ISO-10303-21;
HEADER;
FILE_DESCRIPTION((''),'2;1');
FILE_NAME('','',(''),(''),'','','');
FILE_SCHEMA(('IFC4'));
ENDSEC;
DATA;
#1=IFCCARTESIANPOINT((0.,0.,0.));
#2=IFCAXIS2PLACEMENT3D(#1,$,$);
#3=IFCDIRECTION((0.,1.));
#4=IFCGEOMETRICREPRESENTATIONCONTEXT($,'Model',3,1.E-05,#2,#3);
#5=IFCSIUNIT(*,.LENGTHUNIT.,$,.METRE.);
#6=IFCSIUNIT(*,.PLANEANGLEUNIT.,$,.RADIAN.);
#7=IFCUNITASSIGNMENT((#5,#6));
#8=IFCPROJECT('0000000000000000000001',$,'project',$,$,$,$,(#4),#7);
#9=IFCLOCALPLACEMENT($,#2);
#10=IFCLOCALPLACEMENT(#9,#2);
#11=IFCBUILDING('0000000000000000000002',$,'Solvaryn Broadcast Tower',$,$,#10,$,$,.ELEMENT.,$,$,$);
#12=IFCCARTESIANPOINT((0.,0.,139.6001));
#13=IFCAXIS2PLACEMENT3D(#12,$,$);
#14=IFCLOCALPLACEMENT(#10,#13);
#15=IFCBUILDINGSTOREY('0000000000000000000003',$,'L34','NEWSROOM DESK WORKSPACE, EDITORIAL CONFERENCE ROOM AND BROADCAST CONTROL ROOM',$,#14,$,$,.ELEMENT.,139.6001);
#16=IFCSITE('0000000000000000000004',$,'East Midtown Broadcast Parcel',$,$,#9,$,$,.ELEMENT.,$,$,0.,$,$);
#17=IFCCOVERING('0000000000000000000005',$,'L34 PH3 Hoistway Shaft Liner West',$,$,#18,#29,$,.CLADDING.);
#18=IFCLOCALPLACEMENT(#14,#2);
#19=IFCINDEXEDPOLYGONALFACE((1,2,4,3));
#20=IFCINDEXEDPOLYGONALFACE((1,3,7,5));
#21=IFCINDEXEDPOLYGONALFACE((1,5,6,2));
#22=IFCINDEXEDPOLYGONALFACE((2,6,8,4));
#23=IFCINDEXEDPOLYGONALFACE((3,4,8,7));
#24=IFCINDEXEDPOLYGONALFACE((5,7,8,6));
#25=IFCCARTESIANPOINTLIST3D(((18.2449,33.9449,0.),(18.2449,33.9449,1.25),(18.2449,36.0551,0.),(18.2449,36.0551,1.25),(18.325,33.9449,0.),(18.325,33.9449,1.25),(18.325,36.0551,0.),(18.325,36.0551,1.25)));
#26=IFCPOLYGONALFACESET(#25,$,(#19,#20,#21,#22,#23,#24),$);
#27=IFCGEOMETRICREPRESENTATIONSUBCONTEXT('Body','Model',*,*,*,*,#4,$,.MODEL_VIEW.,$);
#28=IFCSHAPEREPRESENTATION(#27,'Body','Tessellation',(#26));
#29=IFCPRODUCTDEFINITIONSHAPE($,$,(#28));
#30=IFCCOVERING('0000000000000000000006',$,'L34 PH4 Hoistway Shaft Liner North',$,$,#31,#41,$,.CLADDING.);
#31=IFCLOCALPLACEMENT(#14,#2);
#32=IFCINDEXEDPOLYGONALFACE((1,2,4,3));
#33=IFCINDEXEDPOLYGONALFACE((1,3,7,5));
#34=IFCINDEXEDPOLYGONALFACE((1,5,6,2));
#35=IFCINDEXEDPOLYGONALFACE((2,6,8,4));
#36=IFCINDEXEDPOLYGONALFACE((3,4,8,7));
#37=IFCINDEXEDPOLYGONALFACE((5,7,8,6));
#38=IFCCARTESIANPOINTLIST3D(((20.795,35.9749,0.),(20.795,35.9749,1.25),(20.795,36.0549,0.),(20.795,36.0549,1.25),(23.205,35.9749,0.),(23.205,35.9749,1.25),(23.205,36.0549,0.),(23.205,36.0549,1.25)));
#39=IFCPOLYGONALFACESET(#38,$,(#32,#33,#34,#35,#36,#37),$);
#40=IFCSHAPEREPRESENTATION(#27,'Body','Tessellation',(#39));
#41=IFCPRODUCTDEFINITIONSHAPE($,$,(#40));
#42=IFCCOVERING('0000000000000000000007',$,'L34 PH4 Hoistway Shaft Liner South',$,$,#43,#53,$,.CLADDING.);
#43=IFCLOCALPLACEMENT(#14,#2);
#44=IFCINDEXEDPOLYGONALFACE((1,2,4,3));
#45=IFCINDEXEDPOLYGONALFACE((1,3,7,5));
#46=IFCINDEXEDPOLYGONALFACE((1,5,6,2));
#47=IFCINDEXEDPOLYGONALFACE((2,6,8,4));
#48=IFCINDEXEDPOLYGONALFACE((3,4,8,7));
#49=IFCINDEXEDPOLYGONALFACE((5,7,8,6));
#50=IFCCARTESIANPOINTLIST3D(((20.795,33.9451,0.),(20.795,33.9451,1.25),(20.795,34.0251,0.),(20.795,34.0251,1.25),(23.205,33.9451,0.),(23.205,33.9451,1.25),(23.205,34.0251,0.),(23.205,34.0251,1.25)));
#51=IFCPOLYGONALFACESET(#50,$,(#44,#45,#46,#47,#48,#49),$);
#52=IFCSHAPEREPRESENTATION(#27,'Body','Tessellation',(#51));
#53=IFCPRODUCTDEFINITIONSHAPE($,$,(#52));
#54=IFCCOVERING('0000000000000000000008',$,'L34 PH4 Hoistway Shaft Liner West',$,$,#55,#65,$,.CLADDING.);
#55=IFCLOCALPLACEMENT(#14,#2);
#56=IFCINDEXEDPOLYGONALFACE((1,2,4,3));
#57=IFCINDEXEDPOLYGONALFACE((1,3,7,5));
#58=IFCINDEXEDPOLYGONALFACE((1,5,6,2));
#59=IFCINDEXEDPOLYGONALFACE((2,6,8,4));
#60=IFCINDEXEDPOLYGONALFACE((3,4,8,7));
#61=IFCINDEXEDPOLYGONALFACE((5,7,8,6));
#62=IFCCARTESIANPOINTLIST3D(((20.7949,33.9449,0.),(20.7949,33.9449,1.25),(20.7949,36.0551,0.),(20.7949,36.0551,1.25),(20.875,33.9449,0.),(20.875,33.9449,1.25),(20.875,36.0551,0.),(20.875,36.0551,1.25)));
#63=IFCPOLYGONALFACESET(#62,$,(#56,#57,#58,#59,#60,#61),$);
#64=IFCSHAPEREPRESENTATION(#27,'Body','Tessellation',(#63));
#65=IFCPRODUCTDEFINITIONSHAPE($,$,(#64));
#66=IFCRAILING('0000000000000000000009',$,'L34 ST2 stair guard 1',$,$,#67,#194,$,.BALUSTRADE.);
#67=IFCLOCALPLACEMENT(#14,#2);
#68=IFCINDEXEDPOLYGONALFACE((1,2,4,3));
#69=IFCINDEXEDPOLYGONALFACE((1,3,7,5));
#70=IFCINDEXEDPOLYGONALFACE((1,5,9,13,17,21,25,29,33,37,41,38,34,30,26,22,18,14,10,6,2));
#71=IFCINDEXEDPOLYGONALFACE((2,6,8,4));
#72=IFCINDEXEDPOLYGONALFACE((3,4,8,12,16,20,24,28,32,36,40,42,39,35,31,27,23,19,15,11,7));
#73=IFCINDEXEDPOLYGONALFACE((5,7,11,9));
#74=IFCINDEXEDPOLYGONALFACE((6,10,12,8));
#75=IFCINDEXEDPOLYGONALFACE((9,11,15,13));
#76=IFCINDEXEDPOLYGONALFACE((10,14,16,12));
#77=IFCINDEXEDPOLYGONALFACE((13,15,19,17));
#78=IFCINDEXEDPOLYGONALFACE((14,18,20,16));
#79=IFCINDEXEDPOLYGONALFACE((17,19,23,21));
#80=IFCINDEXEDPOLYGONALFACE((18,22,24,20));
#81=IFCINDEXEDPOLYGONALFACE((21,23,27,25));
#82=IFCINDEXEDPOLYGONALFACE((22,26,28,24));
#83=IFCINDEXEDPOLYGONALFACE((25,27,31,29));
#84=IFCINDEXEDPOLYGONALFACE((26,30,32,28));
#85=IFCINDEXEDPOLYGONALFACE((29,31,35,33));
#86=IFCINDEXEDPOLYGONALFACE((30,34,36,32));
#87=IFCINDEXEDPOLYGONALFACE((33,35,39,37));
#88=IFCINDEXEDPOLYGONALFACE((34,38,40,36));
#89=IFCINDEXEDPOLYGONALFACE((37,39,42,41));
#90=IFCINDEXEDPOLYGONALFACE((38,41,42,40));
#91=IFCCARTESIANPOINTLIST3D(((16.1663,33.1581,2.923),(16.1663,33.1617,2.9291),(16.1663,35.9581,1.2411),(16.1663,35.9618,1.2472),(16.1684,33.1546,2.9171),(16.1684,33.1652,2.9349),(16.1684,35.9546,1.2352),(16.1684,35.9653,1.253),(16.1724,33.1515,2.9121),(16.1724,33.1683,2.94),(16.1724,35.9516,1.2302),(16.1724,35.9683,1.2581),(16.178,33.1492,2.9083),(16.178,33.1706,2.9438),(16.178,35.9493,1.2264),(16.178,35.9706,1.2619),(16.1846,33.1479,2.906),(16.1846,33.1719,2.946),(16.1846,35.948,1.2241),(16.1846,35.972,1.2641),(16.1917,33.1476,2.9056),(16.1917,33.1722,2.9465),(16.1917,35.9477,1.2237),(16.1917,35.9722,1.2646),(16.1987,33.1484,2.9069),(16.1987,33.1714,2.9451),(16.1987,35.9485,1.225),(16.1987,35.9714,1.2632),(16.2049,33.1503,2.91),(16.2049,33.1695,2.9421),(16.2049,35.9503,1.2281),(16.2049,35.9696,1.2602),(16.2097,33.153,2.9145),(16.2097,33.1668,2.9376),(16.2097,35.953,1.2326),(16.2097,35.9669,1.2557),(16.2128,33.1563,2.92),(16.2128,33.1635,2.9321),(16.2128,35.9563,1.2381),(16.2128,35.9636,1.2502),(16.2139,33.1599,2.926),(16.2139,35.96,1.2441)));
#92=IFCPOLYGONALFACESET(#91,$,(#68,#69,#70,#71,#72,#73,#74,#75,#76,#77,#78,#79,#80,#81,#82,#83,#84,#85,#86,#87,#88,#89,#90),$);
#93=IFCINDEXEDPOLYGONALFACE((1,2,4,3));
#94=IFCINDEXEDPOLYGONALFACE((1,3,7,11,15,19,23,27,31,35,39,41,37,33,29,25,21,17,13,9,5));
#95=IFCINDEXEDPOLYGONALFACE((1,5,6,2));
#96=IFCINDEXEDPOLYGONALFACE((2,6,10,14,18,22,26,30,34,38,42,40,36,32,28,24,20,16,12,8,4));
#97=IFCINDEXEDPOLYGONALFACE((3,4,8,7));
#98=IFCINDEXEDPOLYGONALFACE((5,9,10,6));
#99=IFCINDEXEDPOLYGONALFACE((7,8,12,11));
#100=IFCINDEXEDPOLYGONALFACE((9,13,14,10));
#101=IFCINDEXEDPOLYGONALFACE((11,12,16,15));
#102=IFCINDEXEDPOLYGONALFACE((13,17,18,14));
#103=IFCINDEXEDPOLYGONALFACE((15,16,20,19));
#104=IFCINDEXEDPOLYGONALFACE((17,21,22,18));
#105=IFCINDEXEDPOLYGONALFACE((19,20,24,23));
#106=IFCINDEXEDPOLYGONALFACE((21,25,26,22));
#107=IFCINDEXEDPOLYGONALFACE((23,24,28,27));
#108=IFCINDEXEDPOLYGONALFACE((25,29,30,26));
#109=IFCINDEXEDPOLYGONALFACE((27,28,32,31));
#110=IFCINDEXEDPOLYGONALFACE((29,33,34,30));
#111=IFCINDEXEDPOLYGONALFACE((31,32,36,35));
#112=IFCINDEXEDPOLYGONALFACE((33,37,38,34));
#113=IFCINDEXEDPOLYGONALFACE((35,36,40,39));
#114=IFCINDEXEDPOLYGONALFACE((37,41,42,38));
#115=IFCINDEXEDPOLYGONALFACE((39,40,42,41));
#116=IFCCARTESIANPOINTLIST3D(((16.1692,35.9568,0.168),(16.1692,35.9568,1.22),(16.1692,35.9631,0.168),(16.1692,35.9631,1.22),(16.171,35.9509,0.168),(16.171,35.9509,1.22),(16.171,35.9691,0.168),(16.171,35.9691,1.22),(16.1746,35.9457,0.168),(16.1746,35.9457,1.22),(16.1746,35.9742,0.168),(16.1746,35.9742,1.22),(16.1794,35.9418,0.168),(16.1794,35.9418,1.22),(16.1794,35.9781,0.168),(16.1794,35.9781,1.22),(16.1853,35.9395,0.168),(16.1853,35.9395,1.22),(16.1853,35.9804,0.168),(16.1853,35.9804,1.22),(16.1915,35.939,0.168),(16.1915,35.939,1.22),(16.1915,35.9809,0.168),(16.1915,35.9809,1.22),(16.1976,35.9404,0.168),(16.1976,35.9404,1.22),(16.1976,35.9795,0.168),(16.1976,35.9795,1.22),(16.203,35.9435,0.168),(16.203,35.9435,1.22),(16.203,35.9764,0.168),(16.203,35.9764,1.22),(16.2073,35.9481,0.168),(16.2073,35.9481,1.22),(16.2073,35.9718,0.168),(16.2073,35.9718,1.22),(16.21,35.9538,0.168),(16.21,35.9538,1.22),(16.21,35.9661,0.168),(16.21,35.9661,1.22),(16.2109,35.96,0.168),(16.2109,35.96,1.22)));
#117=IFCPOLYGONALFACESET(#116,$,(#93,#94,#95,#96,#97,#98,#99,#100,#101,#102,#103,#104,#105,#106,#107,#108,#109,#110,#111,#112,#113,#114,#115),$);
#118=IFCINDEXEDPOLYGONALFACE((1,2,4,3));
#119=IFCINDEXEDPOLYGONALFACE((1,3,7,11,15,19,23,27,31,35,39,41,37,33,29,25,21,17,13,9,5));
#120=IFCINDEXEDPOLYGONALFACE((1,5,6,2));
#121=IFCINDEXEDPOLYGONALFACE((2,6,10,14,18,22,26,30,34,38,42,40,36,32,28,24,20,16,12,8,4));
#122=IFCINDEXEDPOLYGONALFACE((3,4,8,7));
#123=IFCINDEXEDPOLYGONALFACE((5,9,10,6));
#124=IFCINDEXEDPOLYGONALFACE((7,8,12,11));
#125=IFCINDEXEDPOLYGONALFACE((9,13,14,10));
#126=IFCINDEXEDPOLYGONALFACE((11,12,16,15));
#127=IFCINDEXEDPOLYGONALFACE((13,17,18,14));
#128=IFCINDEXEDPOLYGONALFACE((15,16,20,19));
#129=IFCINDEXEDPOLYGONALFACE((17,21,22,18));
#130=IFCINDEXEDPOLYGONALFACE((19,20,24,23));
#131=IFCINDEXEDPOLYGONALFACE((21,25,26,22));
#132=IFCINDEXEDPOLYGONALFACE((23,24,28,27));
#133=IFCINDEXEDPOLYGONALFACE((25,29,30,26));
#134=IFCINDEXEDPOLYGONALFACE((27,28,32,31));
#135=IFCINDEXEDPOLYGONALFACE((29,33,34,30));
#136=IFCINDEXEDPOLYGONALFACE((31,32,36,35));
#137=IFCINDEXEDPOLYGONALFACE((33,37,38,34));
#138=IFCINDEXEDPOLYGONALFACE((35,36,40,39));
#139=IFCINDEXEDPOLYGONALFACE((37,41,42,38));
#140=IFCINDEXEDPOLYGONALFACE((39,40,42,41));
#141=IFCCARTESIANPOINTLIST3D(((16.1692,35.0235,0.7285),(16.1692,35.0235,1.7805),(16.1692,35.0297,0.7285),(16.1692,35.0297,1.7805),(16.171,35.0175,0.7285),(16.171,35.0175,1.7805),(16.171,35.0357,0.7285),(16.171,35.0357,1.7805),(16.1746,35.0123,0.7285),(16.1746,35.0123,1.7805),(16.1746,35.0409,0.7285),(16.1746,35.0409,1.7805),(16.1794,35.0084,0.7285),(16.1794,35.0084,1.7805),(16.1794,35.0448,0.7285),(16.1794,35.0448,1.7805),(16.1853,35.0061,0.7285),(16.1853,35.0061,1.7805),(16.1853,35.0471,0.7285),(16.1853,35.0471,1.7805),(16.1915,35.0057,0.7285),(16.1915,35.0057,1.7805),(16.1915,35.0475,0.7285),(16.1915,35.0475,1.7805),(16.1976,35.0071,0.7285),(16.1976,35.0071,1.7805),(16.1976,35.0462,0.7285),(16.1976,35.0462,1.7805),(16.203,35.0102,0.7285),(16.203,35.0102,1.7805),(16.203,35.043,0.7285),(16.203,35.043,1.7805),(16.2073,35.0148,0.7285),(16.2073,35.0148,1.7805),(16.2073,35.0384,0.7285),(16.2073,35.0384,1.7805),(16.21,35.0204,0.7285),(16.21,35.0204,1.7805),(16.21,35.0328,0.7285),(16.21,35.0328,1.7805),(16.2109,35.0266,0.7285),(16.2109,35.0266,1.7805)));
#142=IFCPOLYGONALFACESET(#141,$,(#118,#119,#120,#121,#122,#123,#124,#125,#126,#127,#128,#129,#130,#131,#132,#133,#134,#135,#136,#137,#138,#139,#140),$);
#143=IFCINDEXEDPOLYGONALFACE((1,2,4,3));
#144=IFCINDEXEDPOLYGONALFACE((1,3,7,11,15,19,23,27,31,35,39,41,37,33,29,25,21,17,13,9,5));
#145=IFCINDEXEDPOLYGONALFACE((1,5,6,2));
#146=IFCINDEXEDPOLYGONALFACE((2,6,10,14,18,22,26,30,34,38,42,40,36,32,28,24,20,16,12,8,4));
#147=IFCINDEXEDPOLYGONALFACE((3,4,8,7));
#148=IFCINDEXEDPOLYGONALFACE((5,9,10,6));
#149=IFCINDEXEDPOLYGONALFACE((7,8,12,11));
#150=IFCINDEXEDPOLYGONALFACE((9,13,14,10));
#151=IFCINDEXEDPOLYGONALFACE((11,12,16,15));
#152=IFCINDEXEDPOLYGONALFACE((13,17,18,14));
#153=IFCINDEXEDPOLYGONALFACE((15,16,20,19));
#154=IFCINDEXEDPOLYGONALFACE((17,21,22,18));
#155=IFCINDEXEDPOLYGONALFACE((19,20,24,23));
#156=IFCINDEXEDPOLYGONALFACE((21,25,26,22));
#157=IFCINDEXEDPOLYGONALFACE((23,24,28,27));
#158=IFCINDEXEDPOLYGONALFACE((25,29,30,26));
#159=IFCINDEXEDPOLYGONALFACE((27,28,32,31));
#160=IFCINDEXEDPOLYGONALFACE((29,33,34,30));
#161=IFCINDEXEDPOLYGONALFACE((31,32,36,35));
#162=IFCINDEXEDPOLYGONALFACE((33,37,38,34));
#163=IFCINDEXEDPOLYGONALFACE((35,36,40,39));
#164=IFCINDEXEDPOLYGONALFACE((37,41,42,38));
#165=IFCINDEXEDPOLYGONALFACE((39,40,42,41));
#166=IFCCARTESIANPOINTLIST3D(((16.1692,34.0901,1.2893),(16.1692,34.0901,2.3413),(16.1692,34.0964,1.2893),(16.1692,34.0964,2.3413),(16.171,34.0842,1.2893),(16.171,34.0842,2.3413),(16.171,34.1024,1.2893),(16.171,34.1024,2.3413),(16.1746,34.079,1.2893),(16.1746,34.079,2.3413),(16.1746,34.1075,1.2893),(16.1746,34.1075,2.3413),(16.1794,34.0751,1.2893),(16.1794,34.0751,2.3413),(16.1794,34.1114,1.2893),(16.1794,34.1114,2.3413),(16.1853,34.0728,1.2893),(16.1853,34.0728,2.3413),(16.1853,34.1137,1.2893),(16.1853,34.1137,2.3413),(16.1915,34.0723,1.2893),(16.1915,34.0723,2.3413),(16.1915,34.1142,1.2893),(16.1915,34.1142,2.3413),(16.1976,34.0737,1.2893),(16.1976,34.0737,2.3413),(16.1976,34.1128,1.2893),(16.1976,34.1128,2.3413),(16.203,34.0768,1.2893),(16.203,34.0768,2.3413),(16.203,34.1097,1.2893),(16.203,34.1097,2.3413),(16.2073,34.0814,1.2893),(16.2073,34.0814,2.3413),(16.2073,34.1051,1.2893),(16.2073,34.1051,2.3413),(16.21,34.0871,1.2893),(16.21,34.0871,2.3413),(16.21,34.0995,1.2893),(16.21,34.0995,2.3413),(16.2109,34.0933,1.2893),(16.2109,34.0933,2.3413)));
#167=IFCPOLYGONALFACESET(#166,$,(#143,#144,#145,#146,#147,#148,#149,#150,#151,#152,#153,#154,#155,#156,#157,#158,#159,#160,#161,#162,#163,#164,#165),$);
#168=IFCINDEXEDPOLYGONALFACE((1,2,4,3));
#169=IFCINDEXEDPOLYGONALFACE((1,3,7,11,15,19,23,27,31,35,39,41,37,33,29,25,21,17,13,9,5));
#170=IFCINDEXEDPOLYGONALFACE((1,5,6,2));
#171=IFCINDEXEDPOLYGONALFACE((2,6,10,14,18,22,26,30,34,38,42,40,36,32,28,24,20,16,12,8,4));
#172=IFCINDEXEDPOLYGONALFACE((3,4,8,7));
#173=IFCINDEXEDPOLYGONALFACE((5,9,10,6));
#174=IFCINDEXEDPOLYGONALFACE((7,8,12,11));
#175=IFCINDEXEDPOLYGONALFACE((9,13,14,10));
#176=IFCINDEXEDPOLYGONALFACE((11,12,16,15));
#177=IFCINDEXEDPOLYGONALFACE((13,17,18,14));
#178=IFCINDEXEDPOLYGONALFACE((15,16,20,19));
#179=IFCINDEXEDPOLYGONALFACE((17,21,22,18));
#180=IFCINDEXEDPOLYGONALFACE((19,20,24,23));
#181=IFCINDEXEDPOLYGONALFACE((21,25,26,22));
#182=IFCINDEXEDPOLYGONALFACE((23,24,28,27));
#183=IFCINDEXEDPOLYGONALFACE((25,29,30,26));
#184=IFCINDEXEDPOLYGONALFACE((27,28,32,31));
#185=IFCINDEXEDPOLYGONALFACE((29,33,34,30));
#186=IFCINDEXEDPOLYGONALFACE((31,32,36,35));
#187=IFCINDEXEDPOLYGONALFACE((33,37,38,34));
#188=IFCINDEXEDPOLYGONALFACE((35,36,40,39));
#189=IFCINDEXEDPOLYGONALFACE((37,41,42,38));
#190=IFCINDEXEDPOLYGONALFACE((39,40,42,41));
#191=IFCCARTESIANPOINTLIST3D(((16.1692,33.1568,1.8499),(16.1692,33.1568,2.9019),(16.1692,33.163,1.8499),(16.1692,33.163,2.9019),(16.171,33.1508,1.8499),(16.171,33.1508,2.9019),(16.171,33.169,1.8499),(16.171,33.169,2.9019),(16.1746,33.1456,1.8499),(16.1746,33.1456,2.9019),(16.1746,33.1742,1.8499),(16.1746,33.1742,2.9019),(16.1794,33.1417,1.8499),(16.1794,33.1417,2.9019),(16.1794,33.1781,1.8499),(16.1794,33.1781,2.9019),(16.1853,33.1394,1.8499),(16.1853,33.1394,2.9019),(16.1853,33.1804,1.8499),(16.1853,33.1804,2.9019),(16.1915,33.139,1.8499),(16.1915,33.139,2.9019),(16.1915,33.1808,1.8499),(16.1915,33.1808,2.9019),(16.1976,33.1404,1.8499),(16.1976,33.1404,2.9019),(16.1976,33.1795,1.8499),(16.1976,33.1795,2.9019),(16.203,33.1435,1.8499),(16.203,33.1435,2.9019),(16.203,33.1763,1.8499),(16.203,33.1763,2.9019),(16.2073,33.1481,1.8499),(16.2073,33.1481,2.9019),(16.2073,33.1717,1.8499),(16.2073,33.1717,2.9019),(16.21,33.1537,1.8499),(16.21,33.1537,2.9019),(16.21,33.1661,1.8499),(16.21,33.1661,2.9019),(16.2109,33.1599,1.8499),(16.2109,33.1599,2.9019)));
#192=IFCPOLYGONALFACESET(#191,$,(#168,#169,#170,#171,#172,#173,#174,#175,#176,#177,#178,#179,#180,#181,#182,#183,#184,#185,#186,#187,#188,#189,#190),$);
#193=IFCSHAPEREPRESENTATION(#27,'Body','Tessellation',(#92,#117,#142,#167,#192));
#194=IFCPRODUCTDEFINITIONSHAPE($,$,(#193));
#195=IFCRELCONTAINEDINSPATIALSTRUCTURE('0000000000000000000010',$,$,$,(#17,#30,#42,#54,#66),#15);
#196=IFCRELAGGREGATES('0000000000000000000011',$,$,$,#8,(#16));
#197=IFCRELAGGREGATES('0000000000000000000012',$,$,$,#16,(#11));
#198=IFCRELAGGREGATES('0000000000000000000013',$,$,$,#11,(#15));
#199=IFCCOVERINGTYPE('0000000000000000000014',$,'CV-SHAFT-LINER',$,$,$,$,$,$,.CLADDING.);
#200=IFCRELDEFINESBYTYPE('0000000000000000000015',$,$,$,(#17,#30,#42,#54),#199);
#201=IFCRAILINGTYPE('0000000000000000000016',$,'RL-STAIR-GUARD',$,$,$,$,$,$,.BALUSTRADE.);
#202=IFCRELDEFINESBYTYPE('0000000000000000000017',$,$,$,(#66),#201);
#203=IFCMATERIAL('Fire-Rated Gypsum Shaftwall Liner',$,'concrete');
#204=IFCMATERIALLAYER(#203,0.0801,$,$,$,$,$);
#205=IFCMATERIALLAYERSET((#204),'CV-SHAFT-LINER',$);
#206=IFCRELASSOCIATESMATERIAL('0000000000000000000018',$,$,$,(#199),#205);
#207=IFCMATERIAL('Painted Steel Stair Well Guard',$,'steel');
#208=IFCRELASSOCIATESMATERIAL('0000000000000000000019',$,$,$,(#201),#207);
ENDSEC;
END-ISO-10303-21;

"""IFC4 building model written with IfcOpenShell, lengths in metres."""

from ifc_helpers import new_model, si_unit, direction, frame, origin, origin_2d, place, context, subcontext, project, spatial, rectangle, circle, extrude, material, layer, layer_set, type_object, element, save


model = new_model("IFC4")

# Units and contexts
model_context = context("Model", 3, precision=1e-05, world=origin(), true_north=direction((0.0, 1.0)))
body_context = subcontext(model_context, "Body", "Model", "MODEL_VIEW")
ifc_project = project(units=[si_unit("LENGTHUNIT", "METRE"), si_unit("PLANEANGLEUNIT", "RADIAN")], contexts=[model_context])

# Site, building, storey
site_placement = place(None, origin())
site = spatial("IfcSite", under=ifc_project, at=site_placement, Name="East Midtown Broadcast Parcel", CompositionType="ELEMENT", RefElevation=0.0)
building_placement = place(site_placement, origin())
building = spatial("IfcBuilding", under=site, at=building_placement, Name="Solvaryn Broadcast Tower", CompositionType="ELEMENT")
storey_placement = place(building_placement, frame((0.0, 0.0, 139.6001)))
storey = spatial("IfcBuildingStorey", under=building, at=storey_placement, Name="L34", Description="NEWSROOM DESK WORKSPACE, EDITORIAL CONFERENCE ROOM AND BROADCAST CONTROL ROOM", CompositionType="ELEMENT", Elevation=139.6001)

# Coverings
ifc_material_1 = material(Name="Fire-Rated Gypsum Shaftwall Liner", Category="concrete")
ifc_layer_1 = layer(ifc_material_1, 0.0801)
ifc_layer_set_1 = layer_set([ifc_layer_1], Name="CV-SHAFT-LINER")
covering_type = type_object("IfcCoveringType", Name="CV-SHAFT-LINER", PredefinedType="CLADDING", material=ifc_layer_set_1)
for number, where, z_axis, x_axis, name in (
    (1, (18.2849, 35.0, 0.0), (0.0, 0.0, 1.0), (1.0, 0.0, 0.0), "L34 PH3 Hoistway Shaft Liner West"),
):
    element("IfcCovering", number, at=place(storey_placement, frame(where, z_axis=z_axis, x_axis=x_axis)), inside=storey, type_object=covering_type, Name=name, PredefinedType="CLADDING", context=body_context, shape_type="SweptSolid", body=[
        extrude(rectangle(XDim=0.0801, YDim=2.1101, at=origin_2d()), origin(), (0.0, 0.0, 1.0), 1.25),
    ])
for number, where, z_axis, x_axis, name in (
    (2, (22.0, 36.0149, 0.0), (0.0, 0.0, 1.0), (1.0, 0.0, 0.0), "L34 PH4 Hoistway Shaft Liner North"),
    (3, (22.0, 33.9851, 0.0), (0.0, 0.0, 1.0), (1.0, 0.0, 0.0), "L34 PH4 Hoistway Shaft Liner South"),
):
    element("IfcCovering", number, at=place(storey_placement, frame(where, z_axis=z_axis, x_axis=x_axis)), inside=storey, type_object=covering_type, Name=name, PredefinedType="CLADDING", context=body_context, shape_type="SweptSolid", body=[
        extrude(rectangle(XDim=2.4099, YDim=0.0801, at=origin_2d()), origin(), (0.0, 0.0, 1.0), 1.25),
    ])
covering_1_placement = place(storey_placement, frame((20.835, 35.0, 0.0), z_axis=(0.0, 0.0, 1.0), x_axis=(1.0, 0.0, 0.0)))
element("IfcCovering", 4, at=covering_1_placement, inside=storey, type_object=covering_type, Name="L34 PH4 Hoistway Shaft Liner West", PredefinedType="CLADDING", context=body_context, shape_type="SweptSolid", body=[
    extrude(rectangle(XDim=0.0801, YDim=2.1101, at=origin_2d()), origin(), (0.0, 0.0, 1.0), 1.25),
])

# Railing
ifc_material_2 = material(Name="Painted Steel Stair Well Guard", Category="steel")
railing_type_1 = type_object("IfcRailingType", Name="RL-STAIR-GUARD", PredefinedType="BALUSTRADE", material=ifc_material_2)
railing_1_placement = place(storey_placement, frame((16.1899, 35.96, 0.168)))
element("IfcRailing", 5, at=railing_1_placement, inside=storey, type_object=railing_type_1, Name="L34 ST2 stair guard 1", PredefinedType="BALUSTRADE", context=body_context, shape_type="SweptSolid", body=[
    extrude(circle(Radius=0.0239, at=origin_2d()), frame((0.0, 0.0, 1.0762), z_axis=(0.0, -0.857242, 0.514913), x_axis=(1.0, 0.0, 0.0)), (0.0, 0.0, 1.0), 3.2664),
    extrude(circle(Radius=0.021, at=origin_2d()), origin(), (0.0, 0.0, 1.0), 1.052),
    extrude(circle(Radius=0.021, at=origin_2d()), frame((0.0, -0.9333, 0.5605)), (0.0, 0.0, 1.0), 1.052),
    extrude(circle(Radius=0.021, at=origin_2d()), frame((0.0, -1.8667, 1.1213)), (0.0, 0.0, 1.0), 1.052),
    extrude(circle(Radius=0.021, at=origin_2d()), frame((0.0, -2.8, 1.6819)), (0.0, 0.0, 1.0), 1.052),
])

save(model, "model.ifc")
